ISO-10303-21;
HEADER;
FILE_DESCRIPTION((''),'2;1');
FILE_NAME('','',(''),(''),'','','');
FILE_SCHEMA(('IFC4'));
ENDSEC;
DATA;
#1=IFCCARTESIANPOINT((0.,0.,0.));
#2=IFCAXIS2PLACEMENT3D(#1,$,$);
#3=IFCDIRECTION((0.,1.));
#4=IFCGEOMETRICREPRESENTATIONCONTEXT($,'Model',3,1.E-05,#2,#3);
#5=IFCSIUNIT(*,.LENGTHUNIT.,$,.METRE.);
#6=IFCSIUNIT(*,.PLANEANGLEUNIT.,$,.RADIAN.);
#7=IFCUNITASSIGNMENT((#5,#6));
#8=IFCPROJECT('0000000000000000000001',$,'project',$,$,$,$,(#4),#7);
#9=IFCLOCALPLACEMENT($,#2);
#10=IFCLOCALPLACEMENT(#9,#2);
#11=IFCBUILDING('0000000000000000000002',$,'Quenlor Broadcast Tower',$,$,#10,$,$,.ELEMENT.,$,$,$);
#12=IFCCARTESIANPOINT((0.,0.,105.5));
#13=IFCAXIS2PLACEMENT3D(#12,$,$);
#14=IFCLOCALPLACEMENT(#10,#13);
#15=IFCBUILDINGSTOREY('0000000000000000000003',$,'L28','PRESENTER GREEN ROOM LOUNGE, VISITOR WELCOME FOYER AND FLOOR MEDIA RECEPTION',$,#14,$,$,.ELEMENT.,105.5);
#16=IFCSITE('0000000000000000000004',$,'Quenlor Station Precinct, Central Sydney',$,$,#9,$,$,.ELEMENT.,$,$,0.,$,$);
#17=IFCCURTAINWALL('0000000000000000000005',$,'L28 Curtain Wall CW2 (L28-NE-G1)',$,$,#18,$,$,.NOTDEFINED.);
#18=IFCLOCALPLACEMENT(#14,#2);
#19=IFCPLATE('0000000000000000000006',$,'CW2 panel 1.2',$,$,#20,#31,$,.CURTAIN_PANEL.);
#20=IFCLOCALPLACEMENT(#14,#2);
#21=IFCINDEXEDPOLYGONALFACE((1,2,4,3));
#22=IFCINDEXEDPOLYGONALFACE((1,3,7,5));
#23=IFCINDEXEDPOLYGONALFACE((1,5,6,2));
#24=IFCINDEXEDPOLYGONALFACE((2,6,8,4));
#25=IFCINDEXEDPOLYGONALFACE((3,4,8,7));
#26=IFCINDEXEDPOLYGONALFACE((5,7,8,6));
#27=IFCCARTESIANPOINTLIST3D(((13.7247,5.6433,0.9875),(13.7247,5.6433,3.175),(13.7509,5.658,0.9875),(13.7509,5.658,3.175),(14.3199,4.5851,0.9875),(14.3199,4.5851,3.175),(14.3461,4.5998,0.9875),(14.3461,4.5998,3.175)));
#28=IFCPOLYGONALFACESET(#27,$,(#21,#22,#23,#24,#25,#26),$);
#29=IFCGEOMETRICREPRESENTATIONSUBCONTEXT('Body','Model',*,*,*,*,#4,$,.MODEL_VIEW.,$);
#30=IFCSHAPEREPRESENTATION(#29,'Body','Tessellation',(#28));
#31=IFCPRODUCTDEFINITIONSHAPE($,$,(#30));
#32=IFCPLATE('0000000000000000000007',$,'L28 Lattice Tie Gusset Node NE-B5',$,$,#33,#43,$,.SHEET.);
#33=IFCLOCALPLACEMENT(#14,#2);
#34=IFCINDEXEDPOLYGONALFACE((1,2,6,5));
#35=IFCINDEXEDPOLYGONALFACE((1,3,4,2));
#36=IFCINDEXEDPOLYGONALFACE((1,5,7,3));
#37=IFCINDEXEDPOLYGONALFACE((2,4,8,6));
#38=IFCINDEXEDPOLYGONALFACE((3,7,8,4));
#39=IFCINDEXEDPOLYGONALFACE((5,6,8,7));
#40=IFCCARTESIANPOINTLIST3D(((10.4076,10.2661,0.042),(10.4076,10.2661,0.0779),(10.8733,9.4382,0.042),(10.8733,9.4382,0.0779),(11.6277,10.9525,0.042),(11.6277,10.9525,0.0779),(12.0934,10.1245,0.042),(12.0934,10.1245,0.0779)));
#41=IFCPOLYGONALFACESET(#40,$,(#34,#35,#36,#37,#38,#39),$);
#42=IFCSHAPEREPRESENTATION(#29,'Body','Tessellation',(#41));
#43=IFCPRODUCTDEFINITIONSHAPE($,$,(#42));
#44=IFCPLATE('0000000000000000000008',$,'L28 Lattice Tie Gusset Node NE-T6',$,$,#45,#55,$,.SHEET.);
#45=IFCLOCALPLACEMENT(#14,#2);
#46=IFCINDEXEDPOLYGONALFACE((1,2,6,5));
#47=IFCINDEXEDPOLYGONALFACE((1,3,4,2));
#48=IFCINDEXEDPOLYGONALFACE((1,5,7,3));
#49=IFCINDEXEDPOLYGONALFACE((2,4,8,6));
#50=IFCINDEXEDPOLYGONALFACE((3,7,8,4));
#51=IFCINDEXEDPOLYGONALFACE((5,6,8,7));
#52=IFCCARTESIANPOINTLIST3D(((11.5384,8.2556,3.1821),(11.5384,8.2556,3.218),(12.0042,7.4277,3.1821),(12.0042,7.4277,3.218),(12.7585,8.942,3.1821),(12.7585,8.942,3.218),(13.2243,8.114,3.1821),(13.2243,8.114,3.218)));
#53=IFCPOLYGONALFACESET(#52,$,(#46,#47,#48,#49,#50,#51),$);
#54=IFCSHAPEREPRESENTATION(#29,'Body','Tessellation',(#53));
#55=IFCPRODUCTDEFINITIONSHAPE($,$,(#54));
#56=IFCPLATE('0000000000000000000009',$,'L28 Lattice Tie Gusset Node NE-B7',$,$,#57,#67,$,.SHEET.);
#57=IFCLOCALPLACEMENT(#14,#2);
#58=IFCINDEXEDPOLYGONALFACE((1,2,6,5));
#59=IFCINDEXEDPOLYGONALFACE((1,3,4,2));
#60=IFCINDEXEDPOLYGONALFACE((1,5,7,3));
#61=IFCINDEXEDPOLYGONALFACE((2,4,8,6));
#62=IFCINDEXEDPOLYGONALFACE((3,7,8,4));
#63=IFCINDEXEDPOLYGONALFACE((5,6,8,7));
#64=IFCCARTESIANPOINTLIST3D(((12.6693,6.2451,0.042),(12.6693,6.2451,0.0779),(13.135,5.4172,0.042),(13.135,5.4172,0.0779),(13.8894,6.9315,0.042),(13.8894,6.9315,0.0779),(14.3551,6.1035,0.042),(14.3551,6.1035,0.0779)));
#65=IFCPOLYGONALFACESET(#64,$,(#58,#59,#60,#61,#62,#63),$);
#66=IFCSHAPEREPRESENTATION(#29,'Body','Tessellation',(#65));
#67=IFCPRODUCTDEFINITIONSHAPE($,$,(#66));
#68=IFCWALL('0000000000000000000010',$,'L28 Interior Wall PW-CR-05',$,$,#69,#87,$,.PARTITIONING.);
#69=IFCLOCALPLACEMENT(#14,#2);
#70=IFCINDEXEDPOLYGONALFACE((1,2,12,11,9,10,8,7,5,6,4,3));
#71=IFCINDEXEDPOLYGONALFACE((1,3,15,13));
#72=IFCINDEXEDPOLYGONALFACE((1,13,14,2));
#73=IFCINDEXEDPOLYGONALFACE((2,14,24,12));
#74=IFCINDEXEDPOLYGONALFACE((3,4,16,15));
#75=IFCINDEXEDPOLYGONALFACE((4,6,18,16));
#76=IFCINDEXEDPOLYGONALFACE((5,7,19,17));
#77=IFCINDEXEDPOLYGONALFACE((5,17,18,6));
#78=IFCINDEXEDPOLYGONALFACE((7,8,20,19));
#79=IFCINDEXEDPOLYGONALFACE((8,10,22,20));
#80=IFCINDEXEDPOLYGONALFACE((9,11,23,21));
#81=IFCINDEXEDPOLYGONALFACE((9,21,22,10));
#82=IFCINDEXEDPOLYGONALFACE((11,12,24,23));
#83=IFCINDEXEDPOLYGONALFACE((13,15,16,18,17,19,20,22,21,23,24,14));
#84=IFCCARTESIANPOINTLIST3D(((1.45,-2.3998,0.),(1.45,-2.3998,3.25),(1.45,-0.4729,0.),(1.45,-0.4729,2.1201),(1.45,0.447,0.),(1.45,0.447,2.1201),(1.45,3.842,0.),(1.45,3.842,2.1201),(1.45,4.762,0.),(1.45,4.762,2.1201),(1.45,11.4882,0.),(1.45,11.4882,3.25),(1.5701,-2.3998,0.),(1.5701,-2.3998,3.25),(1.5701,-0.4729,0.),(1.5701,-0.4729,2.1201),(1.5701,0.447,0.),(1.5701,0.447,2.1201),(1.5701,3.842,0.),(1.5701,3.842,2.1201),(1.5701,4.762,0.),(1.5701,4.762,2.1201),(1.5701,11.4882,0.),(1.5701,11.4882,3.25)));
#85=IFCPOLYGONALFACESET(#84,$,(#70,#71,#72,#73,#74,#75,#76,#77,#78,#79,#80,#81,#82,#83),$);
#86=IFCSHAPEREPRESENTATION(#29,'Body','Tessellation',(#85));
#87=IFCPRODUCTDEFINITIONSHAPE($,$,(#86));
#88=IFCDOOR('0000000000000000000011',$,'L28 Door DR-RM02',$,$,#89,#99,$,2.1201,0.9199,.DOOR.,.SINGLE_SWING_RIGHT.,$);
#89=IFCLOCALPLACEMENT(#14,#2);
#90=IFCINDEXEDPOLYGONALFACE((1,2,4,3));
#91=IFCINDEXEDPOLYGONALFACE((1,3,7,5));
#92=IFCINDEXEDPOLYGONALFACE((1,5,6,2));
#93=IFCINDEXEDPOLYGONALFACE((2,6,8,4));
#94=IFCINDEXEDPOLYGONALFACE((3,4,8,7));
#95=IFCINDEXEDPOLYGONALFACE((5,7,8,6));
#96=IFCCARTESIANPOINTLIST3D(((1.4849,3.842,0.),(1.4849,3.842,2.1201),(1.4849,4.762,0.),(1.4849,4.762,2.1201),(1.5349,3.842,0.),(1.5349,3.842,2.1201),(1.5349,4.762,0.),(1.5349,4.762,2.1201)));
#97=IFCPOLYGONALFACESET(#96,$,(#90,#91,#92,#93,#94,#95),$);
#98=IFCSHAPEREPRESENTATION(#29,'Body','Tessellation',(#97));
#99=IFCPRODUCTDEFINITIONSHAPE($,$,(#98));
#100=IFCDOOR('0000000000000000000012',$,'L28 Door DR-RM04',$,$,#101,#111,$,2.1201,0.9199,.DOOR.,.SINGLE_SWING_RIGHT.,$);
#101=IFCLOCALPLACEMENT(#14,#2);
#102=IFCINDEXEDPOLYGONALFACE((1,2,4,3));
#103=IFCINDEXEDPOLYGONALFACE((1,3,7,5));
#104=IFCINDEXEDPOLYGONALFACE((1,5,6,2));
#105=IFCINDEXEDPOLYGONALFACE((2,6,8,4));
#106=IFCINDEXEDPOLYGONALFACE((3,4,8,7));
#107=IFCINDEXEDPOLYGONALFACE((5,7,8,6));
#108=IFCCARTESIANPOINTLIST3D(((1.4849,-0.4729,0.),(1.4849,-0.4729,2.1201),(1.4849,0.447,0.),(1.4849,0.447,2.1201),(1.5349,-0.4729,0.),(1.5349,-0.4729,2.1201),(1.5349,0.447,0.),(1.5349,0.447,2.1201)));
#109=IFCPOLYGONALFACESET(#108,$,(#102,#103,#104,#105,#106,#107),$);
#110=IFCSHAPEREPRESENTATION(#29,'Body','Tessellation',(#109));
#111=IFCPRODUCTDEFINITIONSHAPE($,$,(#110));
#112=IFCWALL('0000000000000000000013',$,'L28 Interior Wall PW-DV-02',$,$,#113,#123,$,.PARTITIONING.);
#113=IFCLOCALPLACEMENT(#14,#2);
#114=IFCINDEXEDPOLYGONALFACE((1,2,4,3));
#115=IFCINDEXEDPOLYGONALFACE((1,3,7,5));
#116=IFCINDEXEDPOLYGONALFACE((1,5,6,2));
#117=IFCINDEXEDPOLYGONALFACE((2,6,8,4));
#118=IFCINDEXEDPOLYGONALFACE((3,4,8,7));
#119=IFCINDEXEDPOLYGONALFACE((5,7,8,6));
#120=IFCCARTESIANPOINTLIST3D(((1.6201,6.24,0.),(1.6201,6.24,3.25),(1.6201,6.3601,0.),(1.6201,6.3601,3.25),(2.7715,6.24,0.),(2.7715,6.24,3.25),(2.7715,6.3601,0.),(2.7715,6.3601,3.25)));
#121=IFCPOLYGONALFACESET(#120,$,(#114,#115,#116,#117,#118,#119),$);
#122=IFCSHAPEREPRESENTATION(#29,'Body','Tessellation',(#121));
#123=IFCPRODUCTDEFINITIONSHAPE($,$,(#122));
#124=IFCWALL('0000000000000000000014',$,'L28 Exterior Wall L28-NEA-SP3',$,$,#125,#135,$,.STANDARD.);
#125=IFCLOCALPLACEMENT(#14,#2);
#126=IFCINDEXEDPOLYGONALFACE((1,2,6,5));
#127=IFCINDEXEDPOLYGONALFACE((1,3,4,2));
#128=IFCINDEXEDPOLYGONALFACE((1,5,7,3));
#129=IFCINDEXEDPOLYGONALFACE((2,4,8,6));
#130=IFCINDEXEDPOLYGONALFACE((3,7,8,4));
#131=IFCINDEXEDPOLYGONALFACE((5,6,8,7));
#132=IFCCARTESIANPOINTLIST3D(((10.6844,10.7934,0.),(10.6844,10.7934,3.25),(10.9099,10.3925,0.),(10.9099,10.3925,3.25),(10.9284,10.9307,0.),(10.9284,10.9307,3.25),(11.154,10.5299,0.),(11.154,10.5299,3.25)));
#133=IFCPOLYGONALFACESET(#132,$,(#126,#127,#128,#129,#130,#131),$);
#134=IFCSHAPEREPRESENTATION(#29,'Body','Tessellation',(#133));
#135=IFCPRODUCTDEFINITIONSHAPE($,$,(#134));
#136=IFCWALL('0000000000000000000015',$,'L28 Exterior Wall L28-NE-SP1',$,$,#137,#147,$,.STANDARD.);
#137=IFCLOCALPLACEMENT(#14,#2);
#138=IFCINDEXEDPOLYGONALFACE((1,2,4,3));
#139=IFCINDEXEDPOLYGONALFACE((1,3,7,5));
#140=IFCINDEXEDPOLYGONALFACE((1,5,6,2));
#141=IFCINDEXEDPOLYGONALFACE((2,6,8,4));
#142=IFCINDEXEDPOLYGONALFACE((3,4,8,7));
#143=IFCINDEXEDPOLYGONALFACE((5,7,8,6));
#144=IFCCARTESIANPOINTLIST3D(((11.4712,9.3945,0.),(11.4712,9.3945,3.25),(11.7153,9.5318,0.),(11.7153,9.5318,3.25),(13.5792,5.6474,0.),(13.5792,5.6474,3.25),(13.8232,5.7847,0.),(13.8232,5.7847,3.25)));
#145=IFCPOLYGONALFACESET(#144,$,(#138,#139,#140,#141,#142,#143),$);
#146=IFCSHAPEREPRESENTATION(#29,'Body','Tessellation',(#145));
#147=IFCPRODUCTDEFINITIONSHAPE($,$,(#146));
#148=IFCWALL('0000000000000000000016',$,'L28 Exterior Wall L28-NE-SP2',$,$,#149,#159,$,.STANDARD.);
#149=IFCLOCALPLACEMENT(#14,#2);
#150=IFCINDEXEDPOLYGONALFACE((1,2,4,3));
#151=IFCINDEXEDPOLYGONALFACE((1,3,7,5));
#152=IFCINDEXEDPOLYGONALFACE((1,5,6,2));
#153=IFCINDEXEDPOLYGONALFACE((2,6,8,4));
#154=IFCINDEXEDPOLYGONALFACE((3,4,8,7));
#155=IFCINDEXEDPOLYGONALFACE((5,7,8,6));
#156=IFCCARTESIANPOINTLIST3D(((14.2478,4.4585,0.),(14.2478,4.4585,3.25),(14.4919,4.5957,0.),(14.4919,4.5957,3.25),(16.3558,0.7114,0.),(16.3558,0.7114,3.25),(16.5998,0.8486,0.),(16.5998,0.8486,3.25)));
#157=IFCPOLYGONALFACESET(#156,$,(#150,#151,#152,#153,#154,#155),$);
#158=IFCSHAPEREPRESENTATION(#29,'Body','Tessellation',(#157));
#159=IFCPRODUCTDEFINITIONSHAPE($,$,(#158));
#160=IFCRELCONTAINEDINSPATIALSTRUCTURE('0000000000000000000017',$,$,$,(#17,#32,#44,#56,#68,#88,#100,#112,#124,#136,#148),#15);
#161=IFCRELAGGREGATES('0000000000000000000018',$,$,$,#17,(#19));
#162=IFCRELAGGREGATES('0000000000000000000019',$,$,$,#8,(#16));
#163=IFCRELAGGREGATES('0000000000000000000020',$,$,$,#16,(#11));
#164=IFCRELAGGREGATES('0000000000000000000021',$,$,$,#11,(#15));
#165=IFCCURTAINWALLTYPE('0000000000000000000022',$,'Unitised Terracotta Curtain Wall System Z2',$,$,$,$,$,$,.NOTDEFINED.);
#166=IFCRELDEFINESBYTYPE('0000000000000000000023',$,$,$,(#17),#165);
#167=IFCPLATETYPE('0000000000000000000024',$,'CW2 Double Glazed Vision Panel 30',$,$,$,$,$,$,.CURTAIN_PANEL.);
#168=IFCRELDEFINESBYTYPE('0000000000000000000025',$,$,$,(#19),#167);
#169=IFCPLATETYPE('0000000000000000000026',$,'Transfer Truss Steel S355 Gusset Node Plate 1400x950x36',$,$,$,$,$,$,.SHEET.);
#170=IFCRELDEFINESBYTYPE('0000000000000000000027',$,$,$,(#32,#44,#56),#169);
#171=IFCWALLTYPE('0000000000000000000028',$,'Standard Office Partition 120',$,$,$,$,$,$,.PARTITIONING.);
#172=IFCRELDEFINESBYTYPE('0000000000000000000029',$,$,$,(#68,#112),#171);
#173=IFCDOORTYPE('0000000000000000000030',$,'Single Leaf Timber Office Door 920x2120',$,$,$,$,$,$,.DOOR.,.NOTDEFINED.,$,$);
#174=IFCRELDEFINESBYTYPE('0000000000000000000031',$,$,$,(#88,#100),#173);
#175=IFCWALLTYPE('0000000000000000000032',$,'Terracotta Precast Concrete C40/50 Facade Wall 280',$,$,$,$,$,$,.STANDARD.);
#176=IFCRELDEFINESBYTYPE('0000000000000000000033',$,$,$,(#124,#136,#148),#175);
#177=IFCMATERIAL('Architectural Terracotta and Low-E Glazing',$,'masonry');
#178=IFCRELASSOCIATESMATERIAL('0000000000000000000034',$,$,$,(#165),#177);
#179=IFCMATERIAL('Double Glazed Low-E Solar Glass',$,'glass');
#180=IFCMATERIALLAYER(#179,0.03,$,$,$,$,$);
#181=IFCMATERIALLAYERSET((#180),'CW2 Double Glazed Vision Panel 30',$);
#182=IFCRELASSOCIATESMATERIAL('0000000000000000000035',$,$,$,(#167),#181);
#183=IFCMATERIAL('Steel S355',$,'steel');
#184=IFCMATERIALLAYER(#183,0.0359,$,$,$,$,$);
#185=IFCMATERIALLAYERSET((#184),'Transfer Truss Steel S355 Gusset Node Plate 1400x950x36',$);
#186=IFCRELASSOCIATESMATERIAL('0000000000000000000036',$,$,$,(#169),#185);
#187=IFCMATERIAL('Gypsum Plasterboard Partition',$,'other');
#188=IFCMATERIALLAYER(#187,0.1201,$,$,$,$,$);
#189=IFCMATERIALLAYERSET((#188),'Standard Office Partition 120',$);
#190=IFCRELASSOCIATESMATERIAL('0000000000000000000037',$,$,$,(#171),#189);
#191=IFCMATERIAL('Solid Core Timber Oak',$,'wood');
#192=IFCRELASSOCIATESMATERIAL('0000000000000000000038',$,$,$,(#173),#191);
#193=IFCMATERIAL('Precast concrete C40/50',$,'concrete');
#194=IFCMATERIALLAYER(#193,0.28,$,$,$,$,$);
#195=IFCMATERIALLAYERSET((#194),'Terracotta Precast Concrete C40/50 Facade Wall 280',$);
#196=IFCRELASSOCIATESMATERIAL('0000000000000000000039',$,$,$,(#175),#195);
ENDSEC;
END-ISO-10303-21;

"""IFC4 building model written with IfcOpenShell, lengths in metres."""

from ifc_helpers import new_model, si_unit, direction, frame, frame_2d, origin, origin_2d, place, context, subcontext, project, spatial, rectangle, extrude, material, layer, layer_set, type_object, element, fill, aggregate, save


model = new_model("IFC4")

# Units and contexts
model_context = context("Model", 3, precision=1e-05, world=origin(), true_north=direction((0.0, 1.0)))
body_context = subcontext(model_context, "Body", "Model", "MODEL_VIEW")
ifc_project = project(units=[si_unit("LENGTHUNIT", "METRE"), si_unit("PLANEANGLEUNIT", "RADIAN")], contexts=[model_context])

# Site, building, storey
site_placement = place(None, origin())
site = spatial("IfcSite", under=ifc_project, at=site_placement, Name="Quenlor Station Precinct, Central Sydney", CompositionType="ELEMENT", RefElevation=0.0)
building_placement = place(site_placement, origin())
building = spatial("IfcBuilding", under=site, at=building_placement, Name="Quenlor Broadcast Tower", CompositionType="ELEMENT")
storey_placement = place(building_placement, frame((0.0, 0.0, 105.5)))
storey = spatial("IfcBuildingStorey", under=building, at=storey_placement, Name="L28", Description="PRESENTER GREEN ROOM LOUNGE, VISITOR WELCOME FOYER AND FLOOR MEDIA RECEPTION", CompositionType="ELEMENT", Elevation=105.5)

# Shared definitions
ifc_material_1 = material(Name="Architectural Terracotta and Low-E Glazing", Category="masonry")
curtain_wall_type = type_object("IfcCurtainWallType", Name="Unitised Terracotta Curtain Wall System Z2", PredefinedType="NOTDEFINED", material=ifc_material_1)

# Curtain wall
curtain_wall_1_placement = place(storey_placement, origin())
curtain_wall_1 = element("IfcCurtainWall", 1, at=curtain_wall_1_placement, inside=storey, type_object=curtain_wall_type, Name="L28 Curtain Wall CW2 (L28-NE-G1)", PredefinedType="NOTDEFINED")

# Plate
ifc_material_2 = material(Name="Double Glazed Low-E Solar Glass", Category="glass")
ifc_layer_1 = layer(ifc_material_2, 0.03)
ifc_layer_set_1 = layer_set([ifc_layer_1], Name="CW2 Double Glazed Vision Panel 30")
plate_type_1 = type_object("IfcPlateType", Name="CW2 Double Glazed Vision Panel 30", PredefinedType="CURTAIN_PANEL", material=ifc_layer_set_1)
plate_1_placement = place(storey_placement, frame((14.0354, 5.1216, 0.9875), z_axis=(0.0, 0.0, 1.0), x_axis=(0.490254, -0.871579, 0.0)))
plate_1 = element("IfcPlate", 2, at=plate_1_placement, type_object=plate_type_1, Name="CW2 panel 1.2", PredefinedType="CURTAIN_PANEL", context=body_context, shape_type="SweptSolid", body=[
    extrude(rectangle(XDim=1.2141, YDim=0.03, at=origin_2d()), origin(), (0.0, 0.0, 1.0), 2.1875),
])
aggregate(curtain_wall_1, [plate_1])

# Plates
ifc_material_3 = material(Name="Steel S355", Category="steel")
ifc_layer_2 = layer(ifc_material_3, 0.0359)
ifc_layer_set_2 = layer_set([ifc_layer_2], Name="Transfer Truss Steel S355 Gusset Node Plate 1400x950x36")
plate_type_2 = type_object("IfcPlateType", Name="Transfer Truss Steel S355 Gusset Node Plate 1400x950x36", PredefinedType="SHEET", material=ifc_layer_set_2)
for number, where, z_axis, x_axis, name in (
    (3, (11.2505, 10.1953, 0.042), (0.0, 0.0, 1.0), (0.871556, 0.490295, 0.0), "L28 Lattice Tie Gusset Node NE-B5"),
    (4, (12.3813, 8.1848, 3.1821), (0.0, 0.0, 1.0), (0.871556, 0.490295, 0.0), "L28 Lattice Tie Gusset Node NE-T6"),
    (5, (13.5122, 6.1743, 0.042), (0.0, 0.0, 1.0), (0.871556, 0.490295, 0.0), "L28 Lattice Tie Gusset Node NE-B7"),
):
    element("IfcPlate", number, at=place(storey_placement, frame(where, z_axis=z_axis, x_axis=x_axis)), inside=storey, type_object=plate_type_2, Name=name, PredefinedType="SHEET", context=body_context, shape_type="SweptSolid", body=[
        extrude(rectangle(XDim=1.3999, YDim=0.95, at=origin_2d()), origin(), (0.0, 0.0, 1.0), 0.0359),
    ])

# Wall, openings, doors
ifc_material_4 = material(Name="Gypsum Plasterboard Partition", Category="other")
ifc_layer_3 = layer(ifc_material_4, 0.1201)
ifc_layer_set_3 = layer_set([ifc_layer_3], Name="Standard Office Partition 120")
wall_type_1 = type_object("IfcWallType", Name="Standard Office Partition 120", PredefinedType="PARTITIONING", material=ifc_layer_set_3)
wall_1_placement = place(storey_placement, frame((1.51, 11.488, 0.0), z_axis=(0.0, 0.0, 1.0), x_axis=(0.0, -1.0, 0.0)))
wall_1 = element("IfcWall", 6, at=wall_1_placement, inside=storey, type_object=wall_type_1, Name="L28 Interior Wall PW-CR-05", PredefinedType="PARTITIONING", context=body_context, shape_type="SweptSolid", body=[
    extrude(rectangle(XDim=13.8879, YDim=0.1201, at=frame_2d((6.9438, 0.0))), origin(), (0.0, 0.0, 1.0), 3.25),
])
opening_1_placement = place(wall_1_placement, frame((6.7261, 0.0, 0.0)))
opening_1 = element("IfcOpeningElement", 7, at=opening_1_placement, cuts=wall_1, PredefinedType="OPENING", context=body_context, shape_type="SweptSolid", body=[
    extrude(rectangle(XDim=0.9199, YDim=2.1201, at=frame_2d((0.46, 1.0601))), frame((0.0, 0.0701, 0.0), z_axis=(0.0, -1.0, 0.0), x_axis=(1.0, 0.0, 0.0)), (0.0, 0.0, 1.0), 0.1401),
])
opening_2_placement = place(wall_1_placement, frame((11.041, 0.0, 0.0)))
opening_2 = element("IfcOpeningElement", 8, at=opening_2_placement, cuts=wall_1, PredefinedType="OPENING", context=body_context, shape_type="SweptSolid", body=[
    extrude(rectangle(XDim=0.9199, YDim=2.1201, at=frame_2d((0.46, 1.0601))), frame((0.0, 0.0701, 0.0), z_axis=(0.0, -1.0, 0.0), x_axis=(1.0, 0.0, 0.0)), (0.0, 0.0, 1.0), 0.1401),
])
ifc_material_5 = material(Name="Solid Core Timber Oak", Category="wood")
door_type = type_object("IfcDoorType", Name="Single Leaf Timber Office Door 920x2120", OperationType="NOTDEFINED", PredefinedType="DOOR", material=ifc_material_5)
door_1_placement = place(opening_1_placement, origin())
door_1 = element("IfcDoor", 9, at=door_1_placement, inside=storey, type_object=door_type, Name="L28 Door DR-RM02", OperationType="SINGLE_SWING_RIGHT", OverallHeight=2.1201, OverallWidth=0.9199, PredefinedType="DOOR", context=body_context, shape_type="SweptSolid", body=[
    extrude(rectangle(XDim=0.9199, YDim=2.1201, at=frame_2d((0.46, 1.0601))), frame((0.0, 0.0249, 0.0), z_axis=(0.0, -1.0, 0.0), x_axis=(1.0, 0.0, 0.0)), (0.0, 0.0, 1.0), 0.05),
])
fill(opening_1, door_1)
door_2_placement = place(opening_2_placement, origin())
door_2 = element("IfcDoor", 10, at=door_2_placement, inside=storey, type_object=door_type, Name="L28 Door DR-RM04", OperationType="SINGLE_SWING_RIGHT", OverallHeight=2.1201, OverallWidth=0.9199, PredefinedType="DOOR", context=body_context, shape_type="SweptSolid", body=[
    extrude(rectangle(XDim=0.9199, YDim=2.1201, at=frame_2d((0.46, 1.0601))), frame((0.0, 0.0249, 0.0), z_axis=(0.0, -1.0, 0.0), x_axis=(1.0, 0.0, 0.0)), (0.0, 0.0, 1.0), 0.05),
])
fill(opening_2, door_2)

# Walls
wall_2_placement = place(storey_placement, frame((2.7715, 6.3, 0.0), z_axis=(0.0, 0.0, 1.0), x_axis=(-1.0, 0.0, 0.0)))
element("IfcWall", 11, at=wall_2_placement, inside=storey, type_object=wall_type_1, Name="L28 Interior Wall PW-DV-02", PredefinedType="PARTITIONING", context=body_context, shape_type="SweptSolid", body=[
    extrude(rectangle(XDim=1.1514, YDim=0.1201, at=frame_2d((0.5757, 0.0))), origin(), (0.0, 0.0, 1.0), 3.25),
])
ifc_material_6 = material(Name="Precast concrete C40/50", Category="concrete")
ifc_layer_4 = layer(ifc_material_6, 0.28)
ifc_layer_set_4 = layer_set([ifc_layer_4], Name="Terracotta Precast Concrete C40/50 Facade Wall 280")
wall_type_2 = type_object("IfcWallType", Name="Terracotta Precast Concrete C40/50 Facade Wall 280", PredefinedType="STANDARD", material=ifc_layer_set_4)
wall_3_placement = place(storey_placement, frame((10.8064, 10.8621, 0.0), z_axis=(0.0, 0.0, 1.0), x_axis=(0.490412, -0.87149, 0.0)))
element("IfcWall", 12, at=wall_3_placement, inside=storey, type_object=wall_type_2, Name="L28 Exterior Wall L28-NEA-SP3", PredefinedType="STANDARD", context=body_context, shape_type="SweptSolid", body=[
    extrude(rectangle(XDim=0.46, YDim=0.28, at=frame_2d((0.23, 0.0))), origin(), (0.0, 0.0, 1.0), 3.25),
])
for number, where, z_axis, x_axis, name in (
    (13, (11.5933, 9.4631, 0.0), (0.0, 0.0, 1.0), (0.490294, -0.871557, 0.0), "L28 Exterior Wall L28-NE-SP1"),
    (14, (14.3699, 4.5271, 0.0), (0.0, 0.0, 1.0), (0.490294, -0.871557, 0.0), "L28 Exterior Wall L28-NE-SP2"),
):
    element("IfcWall", number, at=place(storey_placement, frame(where, z_axis=z_axis, x_axis=x_axis)), inside=storey, type_object=wall_type_2, Name=name, PredefinedType="STANDARD", context=body_context, shape_type="SweptSolid", body=[
        extrude(rectangle(XDim=4.2993, YDim=0.28, at=frame_2d((2.1497, 0.0))), origin(), (0.0, 0.0, 1.0), 3.25),
    ])

save(model, "model.ifc")
